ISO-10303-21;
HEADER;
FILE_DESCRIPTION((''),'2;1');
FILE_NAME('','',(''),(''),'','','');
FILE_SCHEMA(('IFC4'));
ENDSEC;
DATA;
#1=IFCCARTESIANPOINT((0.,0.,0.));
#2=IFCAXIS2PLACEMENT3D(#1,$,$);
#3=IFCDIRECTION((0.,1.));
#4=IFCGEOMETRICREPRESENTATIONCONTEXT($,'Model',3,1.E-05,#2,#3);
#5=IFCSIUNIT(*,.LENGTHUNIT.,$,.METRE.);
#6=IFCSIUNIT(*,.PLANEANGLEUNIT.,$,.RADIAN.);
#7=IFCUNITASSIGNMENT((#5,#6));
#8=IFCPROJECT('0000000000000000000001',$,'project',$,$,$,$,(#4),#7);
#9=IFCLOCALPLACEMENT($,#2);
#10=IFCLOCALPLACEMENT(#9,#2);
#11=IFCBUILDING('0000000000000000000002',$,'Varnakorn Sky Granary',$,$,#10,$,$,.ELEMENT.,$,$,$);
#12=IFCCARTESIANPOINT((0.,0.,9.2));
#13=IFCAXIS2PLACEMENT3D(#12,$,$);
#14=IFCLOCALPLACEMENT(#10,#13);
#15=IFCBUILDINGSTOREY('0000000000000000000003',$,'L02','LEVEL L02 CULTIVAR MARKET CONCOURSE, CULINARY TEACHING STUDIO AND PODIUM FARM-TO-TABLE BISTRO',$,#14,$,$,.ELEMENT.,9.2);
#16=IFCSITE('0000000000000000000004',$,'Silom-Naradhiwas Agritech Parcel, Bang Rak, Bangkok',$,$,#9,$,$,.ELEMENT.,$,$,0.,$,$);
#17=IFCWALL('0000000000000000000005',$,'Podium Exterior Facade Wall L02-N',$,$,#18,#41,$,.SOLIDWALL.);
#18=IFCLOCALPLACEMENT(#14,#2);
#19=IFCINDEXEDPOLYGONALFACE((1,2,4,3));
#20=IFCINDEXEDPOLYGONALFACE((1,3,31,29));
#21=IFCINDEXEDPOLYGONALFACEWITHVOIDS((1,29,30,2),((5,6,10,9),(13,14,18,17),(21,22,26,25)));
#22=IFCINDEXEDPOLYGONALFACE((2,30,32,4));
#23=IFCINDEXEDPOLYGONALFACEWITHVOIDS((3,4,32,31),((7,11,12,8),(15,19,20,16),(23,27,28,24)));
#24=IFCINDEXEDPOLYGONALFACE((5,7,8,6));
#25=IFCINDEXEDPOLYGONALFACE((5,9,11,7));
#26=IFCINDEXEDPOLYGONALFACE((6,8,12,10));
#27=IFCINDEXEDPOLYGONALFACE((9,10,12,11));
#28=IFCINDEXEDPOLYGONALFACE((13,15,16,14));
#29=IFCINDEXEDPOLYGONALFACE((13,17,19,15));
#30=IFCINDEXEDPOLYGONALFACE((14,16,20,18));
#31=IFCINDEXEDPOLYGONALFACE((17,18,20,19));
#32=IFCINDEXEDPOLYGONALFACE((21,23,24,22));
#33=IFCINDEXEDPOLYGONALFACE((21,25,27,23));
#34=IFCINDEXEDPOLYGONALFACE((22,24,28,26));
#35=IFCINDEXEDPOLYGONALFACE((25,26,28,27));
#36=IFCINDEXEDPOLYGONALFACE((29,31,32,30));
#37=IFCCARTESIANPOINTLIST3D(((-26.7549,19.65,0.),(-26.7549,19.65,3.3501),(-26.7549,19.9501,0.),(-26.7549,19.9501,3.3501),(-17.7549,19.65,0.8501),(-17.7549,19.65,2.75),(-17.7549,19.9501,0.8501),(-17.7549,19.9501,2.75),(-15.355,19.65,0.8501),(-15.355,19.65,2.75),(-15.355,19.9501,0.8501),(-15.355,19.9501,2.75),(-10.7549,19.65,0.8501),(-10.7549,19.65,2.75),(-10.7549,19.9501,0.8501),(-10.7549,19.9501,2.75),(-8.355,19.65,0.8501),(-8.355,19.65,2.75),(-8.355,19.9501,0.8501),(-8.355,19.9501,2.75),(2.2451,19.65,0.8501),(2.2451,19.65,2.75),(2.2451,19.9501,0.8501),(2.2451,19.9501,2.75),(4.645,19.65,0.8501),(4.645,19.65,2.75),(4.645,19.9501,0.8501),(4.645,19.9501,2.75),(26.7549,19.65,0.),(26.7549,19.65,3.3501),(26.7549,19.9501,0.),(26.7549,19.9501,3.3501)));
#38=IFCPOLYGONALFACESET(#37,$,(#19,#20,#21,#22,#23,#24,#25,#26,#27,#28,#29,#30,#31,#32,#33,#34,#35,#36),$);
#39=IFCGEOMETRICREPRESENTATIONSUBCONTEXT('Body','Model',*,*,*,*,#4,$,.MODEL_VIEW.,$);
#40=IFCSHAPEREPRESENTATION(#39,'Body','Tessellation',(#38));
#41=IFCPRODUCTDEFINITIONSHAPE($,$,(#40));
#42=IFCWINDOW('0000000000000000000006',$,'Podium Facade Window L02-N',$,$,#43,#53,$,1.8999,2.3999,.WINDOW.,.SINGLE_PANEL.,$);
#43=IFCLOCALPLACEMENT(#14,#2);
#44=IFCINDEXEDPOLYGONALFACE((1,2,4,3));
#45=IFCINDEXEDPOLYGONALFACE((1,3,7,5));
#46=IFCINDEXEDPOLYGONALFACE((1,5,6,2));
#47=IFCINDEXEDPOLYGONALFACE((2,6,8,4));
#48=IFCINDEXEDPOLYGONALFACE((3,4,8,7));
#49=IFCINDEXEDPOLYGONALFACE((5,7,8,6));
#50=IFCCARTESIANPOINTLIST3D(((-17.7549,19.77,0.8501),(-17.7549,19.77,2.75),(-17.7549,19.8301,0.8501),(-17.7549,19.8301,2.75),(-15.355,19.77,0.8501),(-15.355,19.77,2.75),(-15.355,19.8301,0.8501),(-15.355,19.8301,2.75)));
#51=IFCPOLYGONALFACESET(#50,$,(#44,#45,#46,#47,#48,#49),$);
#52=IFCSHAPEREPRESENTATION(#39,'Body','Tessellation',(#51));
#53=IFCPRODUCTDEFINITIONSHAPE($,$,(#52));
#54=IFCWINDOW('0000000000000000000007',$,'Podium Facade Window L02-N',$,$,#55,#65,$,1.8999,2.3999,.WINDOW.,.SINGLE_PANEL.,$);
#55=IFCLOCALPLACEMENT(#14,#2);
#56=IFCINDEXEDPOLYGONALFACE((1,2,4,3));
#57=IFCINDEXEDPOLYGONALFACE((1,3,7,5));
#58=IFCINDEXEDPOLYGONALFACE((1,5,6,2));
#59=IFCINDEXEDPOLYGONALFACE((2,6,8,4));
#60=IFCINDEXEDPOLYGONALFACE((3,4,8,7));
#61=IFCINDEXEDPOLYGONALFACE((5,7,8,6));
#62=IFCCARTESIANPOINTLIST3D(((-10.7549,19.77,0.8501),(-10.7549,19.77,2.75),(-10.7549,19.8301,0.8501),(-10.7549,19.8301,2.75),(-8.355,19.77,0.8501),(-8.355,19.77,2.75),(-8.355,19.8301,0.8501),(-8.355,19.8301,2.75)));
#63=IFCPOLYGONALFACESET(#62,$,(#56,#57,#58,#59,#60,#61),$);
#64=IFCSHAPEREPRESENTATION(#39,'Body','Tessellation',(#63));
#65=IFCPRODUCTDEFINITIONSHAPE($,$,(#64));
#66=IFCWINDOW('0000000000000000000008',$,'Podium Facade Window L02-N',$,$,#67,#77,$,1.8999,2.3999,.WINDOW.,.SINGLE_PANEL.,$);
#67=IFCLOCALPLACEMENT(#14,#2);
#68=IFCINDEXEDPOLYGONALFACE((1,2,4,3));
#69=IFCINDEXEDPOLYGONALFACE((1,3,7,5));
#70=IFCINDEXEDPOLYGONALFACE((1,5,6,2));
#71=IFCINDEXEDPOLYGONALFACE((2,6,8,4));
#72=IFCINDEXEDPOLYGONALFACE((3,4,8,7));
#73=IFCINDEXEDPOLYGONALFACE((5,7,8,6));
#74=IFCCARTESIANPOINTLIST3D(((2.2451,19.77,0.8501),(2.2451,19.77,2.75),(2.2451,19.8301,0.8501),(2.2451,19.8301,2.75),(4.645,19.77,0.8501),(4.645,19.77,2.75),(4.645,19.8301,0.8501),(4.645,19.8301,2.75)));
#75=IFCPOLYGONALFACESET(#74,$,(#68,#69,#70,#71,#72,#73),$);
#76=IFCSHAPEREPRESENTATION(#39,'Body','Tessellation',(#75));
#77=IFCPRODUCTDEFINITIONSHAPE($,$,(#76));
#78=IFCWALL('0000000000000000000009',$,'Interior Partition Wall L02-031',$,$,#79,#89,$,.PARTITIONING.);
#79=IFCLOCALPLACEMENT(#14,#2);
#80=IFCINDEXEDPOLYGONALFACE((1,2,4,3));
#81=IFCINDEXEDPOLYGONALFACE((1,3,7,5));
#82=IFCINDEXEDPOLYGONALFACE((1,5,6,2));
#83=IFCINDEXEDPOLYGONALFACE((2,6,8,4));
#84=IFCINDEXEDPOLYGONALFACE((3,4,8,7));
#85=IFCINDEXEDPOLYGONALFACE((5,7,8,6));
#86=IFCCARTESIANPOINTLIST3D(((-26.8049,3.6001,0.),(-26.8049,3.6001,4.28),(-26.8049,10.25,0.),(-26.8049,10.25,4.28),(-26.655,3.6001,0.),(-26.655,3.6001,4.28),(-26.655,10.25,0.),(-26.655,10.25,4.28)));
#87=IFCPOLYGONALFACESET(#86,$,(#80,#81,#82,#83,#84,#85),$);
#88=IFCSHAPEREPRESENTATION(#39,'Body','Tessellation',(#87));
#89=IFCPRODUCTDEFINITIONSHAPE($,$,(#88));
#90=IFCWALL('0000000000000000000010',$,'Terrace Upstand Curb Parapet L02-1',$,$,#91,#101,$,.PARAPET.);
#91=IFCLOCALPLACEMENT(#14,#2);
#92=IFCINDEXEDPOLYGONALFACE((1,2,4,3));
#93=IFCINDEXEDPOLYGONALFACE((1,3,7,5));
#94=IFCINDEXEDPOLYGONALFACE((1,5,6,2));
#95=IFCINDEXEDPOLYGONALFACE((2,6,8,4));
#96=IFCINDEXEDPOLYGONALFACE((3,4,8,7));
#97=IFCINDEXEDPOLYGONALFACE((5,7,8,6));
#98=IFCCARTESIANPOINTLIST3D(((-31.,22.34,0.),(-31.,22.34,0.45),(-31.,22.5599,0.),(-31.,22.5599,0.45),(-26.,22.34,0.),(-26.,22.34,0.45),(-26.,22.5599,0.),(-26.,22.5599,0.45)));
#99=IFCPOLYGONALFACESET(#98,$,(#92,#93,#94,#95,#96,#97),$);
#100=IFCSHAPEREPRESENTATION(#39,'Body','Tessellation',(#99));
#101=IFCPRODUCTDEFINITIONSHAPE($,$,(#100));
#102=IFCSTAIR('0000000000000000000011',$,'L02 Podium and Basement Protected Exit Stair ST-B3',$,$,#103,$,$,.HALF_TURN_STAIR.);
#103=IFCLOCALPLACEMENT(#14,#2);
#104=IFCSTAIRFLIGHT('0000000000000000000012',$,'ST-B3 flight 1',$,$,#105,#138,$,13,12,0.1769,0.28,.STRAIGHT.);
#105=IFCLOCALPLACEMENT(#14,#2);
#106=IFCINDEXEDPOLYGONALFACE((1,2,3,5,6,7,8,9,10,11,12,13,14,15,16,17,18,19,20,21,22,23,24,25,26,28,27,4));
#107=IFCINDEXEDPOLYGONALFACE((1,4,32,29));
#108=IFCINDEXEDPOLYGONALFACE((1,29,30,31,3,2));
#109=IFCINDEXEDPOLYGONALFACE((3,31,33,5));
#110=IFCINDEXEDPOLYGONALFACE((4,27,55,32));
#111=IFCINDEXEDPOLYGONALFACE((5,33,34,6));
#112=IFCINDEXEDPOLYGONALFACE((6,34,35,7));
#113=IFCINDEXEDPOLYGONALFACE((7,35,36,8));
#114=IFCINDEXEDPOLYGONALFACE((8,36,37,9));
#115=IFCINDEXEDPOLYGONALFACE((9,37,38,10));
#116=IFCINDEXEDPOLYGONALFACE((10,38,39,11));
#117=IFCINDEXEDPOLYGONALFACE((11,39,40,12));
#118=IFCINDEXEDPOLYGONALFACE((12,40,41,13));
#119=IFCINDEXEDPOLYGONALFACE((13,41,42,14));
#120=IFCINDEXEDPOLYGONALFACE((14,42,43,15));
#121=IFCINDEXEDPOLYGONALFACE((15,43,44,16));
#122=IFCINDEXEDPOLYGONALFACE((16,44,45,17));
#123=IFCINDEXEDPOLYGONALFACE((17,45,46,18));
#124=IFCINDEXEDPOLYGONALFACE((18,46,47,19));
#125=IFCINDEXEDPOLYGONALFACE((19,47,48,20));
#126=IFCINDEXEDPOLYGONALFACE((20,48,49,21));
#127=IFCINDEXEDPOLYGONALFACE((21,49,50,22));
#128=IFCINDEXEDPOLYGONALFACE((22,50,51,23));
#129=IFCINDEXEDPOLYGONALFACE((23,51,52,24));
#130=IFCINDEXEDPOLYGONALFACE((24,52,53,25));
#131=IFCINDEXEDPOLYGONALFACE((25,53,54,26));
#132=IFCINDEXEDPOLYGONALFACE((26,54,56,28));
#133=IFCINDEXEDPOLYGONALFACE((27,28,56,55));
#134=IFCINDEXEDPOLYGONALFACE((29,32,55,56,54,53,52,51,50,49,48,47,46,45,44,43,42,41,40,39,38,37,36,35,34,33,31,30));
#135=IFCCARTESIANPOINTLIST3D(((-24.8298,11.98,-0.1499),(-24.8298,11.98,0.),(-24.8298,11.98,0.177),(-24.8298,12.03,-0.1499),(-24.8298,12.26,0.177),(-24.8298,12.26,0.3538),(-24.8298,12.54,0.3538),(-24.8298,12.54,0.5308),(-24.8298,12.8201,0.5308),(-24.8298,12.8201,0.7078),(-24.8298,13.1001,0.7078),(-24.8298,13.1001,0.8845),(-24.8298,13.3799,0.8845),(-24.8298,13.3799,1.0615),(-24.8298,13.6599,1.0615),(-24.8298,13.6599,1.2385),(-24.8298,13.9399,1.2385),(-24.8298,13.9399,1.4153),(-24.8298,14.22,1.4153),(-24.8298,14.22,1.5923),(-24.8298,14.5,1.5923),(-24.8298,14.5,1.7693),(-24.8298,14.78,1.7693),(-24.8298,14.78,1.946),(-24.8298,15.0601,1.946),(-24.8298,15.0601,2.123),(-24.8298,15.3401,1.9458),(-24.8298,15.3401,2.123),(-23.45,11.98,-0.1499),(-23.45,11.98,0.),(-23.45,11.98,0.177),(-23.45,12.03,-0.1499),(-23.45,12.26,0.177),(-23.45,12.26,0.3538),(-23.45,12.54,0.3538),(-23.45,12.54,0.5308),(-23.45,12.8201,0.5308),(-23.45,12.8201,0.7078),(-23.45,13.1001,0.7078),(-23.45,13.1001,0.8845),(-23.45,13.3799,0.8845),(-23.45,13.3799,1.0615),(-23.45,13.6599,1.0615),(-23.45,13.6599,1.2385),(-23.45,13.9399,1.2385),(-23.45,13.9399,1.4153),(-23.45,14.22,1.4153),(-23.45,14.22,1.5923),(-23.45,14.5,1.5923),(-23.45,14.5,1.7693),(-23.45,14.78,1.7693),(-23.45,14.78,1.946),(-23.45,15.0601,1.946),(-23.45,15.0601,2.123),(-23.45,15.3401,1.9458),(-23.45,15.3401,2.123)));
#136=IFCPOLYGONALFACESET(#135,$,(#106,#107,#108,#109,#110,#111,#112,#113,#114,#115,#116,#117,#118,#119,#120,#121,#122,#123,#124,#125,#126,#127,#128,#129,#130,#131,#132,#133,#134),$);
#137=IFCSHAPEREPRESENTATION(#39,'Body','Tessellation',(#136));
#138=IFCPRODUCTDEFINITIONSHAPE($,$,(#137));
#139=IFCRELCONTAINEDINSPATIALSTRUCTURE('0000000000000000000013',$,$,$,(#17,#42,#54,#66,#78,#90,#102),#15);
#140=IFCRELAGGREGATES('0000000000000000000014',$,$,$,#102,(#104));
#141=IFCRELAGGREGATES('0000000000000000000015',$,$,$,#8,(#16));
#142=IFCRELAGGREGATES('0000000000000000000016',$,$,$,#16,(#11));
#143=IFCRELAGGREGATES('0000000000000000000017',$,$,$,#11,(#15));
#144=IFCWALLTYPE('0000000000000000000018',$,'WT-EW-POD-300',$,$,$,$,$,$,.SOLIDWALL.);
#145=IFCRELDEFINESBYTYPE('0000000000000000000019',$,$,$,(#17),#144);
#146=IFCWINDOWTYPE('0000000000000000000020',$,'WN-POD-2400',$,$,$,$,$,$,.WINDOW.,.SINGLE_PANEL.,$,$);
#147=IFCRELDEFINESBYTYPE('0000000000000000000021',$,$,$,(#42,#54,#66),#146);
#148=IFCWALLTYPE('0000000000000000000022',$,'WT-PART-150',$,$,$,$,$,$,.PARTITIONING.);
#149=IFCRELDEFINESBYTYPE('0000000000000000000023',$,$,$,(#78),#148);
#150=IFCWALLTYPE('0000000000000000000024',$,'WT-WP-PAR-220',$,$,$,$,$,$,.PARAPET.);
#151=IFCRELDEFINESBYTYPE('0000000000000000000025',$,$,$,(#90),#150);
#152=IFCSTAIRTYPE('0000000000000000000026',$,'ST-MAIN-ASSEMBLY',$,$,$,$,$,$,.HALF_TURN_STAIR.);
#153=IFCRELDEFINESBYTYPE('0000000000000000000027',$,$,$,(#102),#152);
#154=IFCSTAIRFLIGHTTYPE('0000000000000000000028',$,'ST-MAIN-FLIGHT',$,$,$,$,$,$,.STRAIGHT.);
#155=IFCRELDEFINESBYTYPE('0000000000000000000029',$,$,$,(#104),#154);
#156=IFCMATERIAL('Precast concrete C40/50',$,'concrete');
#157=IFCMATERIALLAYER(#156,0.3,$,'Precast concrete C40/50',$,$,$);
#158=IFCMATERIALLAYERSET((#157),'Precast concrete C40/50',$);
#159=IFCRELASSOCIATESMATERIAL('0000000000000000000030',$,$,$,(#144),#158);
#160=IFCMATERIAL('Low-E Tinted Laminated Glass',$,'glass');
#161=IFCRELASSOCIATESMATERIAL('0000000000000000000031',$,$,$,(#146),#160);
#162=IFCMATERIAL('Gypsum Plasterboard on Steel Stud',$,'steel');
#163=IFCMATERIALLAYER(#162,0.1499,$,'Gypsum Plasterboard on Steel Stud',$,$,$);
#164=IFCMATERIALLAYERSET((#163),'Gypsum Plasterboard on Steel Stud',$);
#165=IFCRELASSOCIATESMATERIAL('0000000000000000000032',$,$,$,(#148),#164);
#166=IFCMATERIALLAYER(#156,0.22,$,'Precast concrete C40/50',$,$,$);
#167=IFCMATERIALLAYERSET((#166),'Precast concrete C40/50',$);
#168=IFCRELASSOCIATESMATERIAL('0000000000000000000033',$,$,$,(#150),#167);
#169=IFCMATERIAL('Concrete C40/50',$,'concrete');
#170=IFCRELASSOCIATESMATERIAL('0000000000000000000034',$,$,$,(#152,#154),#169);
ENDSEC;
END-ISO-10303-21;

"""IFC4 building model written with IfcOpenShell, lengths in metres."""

from ifc_helpers import new_model, si_unit, direction, frame, frame_2d, origin, place, context, subcontext, project, spatial, polyline, rectangle, outline, extrude, material, layer, layer_set, type_object, element, fill, aggregate, save


model = new_model("IFC4")

# Units and contexts
model_context = context("Model", 3, precision=1e-05, world=origin(), true_north=direction((0.0, 1.0)))
body_context = subcontext(model_context, "Body", "Model", "MODEL_VIEW")
ifc_project = project(units=[si_unit("LENGTHUNIT", "METRE"), si_unit("PLANEANGLEUNIT", "RADIAN")], contexts=[model_context])

# Site, building, storey
site_placement = place(None, origin())
site = spatial("IfcSite", under=ifc_project, at=site_placement, Name="Silom-Naradhiwas Agritech Parcel, Bang Rak, Bangkok", CompositionType="ELEMENT", RefElevation=0.0)
building_placement = place(site_placement, origin())
building = spatial("IfcBuilding", under=site, at=building_placement, Name="Varnakorn Sky Granary", CompositionType="ELEMENT")
storey_placement = place(building_placement, frame((0.0, 0.0, 9.2)))
storey = spatial("IfcBuildingStorey", under=building, at=storey_placement, Name="L02", Description="LEVEL L02 CULTIVAR MARKET CONCOURSE, CULINARY TEACHING STUDIO AND PODIUM FARM-TO-TABLE BISTRO", CompositionType="ELEMENT", Elevation=9.2)

# Wall, openings, windows
ifc_material_1 = material(Name="Precast concrete C40/50", Category="concrete")
ifc_layer_1 = layer(ifc_material_1, 0.3, Name="Precast concrete C40/50")
ifc_layer_set_1 = layer_set([ifc_layer_1], Name="Precast concrete C40/50")
wall_type_1 = type_object("IfcWallType", Name="WT-EW-POD-300", PredefinedType="SOLIDWALL", material=ifc_layer_set_1)
wall_1_placement = place(storey_placement, frame((-26.7549, 19.8, 0.0), z_axis=(0.0, 0.0, 1.0), x_axis=(1.0, 0.0, 0.0)))
wall_1 = element("IfcWall", 1, at=wall_1_placement, inside=storey, type_object=wall_type_1, Name="Podium Exterior Facade Wall L02-N", PredefinedType="SOLIDWALL", context=body_context, shape_type="SweptSolid", body=[
    extrude(rectangle(XDim=53.5098, YDim=0.3, at=frame_2d((26.7549, 0.0))), origin(), (0.0, 0.0, 1.0), 3.3501),
])
opening_1_placement = place(wall_1_placement, frame((9.0, 0.0, 0.8501)))
opening_1 = element("IfcOpeningElement", 2, at=opening_1_placement, cuts=wall_1, PredefinedType="OPENING", context=body_context, shape_type="SweptSolid", body=[
    extrude(rectangle(XDim=2.3999, YDim=1.8999, at=frame_2d((1.2, 0.95))), frame((0.0, 0.1602, 0.0), z_axis=(0.0, -1.0, 0.0), x_axis=(1.0, 0.0, 0.0)), (0.0, 0.0, 1.0), 0.3201),
])
opening_2_placement = place(wall_1_placement, frame((16.0, 0.0, 0.8501)))
opening_2 = element("IfcOpeningElement", 3, at=opening_2_placement, cuts=wall_1, PredefinedType="OPENING", context=body_context, shape_type="SweptSolid", body=[
    extrude(rectangle(XDim=2.3999, YDim=1.8999, at=frame_2d((1.2, 0.95))), frame((0.0, 0.1602, 0.0), z_axis=(0.0, -1.0, 0.0), x_axis=(1.0, 0.0, 0.0)), (0.0, 0.0, 1.0), 0.3201),
])
opening_3_placement = place(wall_1_placement, frame((29.0, 0.0, 0.8501)))
opening_3 = element("IfcOpeningElement", 4, at=opening_3_placement, cuts=wall_1, PredefinedType="OPENING", context=body_context, shape_type="SweptSolid", body=[
    extrude(rectangle(XDim=2.3999, YDim=1.8999, at=frame_2d((1.2, 0.95))), frame((0.0, 0.1602, 0.0), z_axis=(0.0, -1.0, 0.0), x_axis=(1.0, 0.0, 0.0)), (0.0, 0.0, 1.0), 0.3201),
])
ifc_material_2 = material(Name="Low-E Tinted Laminated Glass", Category="glass")
window_type = type_object("IfcWindowType", Name="WN-POD-2400", PartitioningType="SINGLE_PANEL", PredefinedType="WINDOW", material=ifc_material_2)
window_1_placement = place(opening_1_placement, origin())
window_1 = element("IfcWindow", 5, at=window_1_placement, inside=storey, type_object=window_type, Name="Podium Facade Window L02-N", OverallHeight=1.8999, OverallWidth=2.3999, PartitioningType="SINGLE_PANEL", PredefinedType="WINDOW", context=body_context, shape_type="SweptSolid", body=[
    extrude(rectangle(XDim=2.3999, YDim=1.8999, at=frame_2d((1.2, 0.95))), frame((0.0, 0.03, 0.0), z_axis=(0.0, -1.0, 0.0), x_axis=(1.0, 0.0, 0.0)), (0.0, 0.0, 1.0), 0.0601),
])
fill(opening_1, window_1)
window_2_placement = place(opening_2_placement, origin())
window_2 = element("IfcWindow", 6, at=window_2_placement, inside=storey, type_object=window_type, Name="Podium Facade Window L02-N", OverallHeight=1.8999, OverallWidth=2.3999, PartitioningType="SINGLE_PANEL", PredefinedType="WINDOW", context=body_context, shape_type="SweptSolid", body=[
    extrude(rectangle(XDim=2.3999, YDim=1.8999, at=frame_2d((1.2, 0.95))), frame((0.0, 0.03, 0.0), z_axis=(0.0, -1.0, 0.0), x_axis=(1.0, 0.0, 0.0)), (0.0, 0.0, 1.0), 0.0601),
])
fill(opening_2, window_2)
window_3_placement = place(opening_3_placement, origin())
window_3 = element("IfcWindow", 7, at=window_3_placement, inside=storey, type_object=window_type, Name="Podium Facade Window L02-N", OverallHeight=1.8999, OverallWidth=2.3999, PartitioningType="SINGLE_PANEL", PredefinedType="WINDOW", context=body_context, shape_type="SweptSolid", body=[
    extrude(rectangle(XDim=2.3999, YDim=1.8999, at=frame_2d((1.2, 0.95))), frame((0.0, 0.03, 0.0), z_axis=(0.0, -1.0, 0.0), x_axis=(1.0, 0.0, 0.0)), (0.0, 0.0, 1.0), 0.0601),
])
fill(opening_3, window_3)

# Walls
ifc_material_3 = material(Name="Gypsum Plasterboard on Steel Stud", Category="steel")
ifc_layer_2 = layer(ifc_material_3, 0.1499, Name="Gypsum Plasterboard on Steel Stud")
ifc_layer_set_2 = layer_set([ifc_layer_2], Name="Gypsum Plasterboard on Steel Stud")
wall_type_2 = type_object("IfcWallType", Name="WT-PART-150", PredefinedType="PARTITIONING", material=ifc_layer_set_2)
wall_2_placement = place(storey_placement, frame((-26.73, 10.25, 0.0), z_axis=(0.0, 0.0, 1.0), x_axis=(0.0, -1.0, 0.0)))
element("IfcWall", 8, at=wall_2_placement, inside=storey, type_object=wall_type_2, Name="Interior Partition Wall L02-031", PredefinedType="PARTITIONING", context=body_context, shape_type="SweptSolid", body=[
    extrude(rectangle(XDim=6.6499, YDim=0.1499, at=frame_2d((3.325, 0.0))), origin(), (0.0, 0.0, 1.0), 4.28),
])
ifc_layer_3 = layer(ifc_material_1, 0.22, Name="Precast concrete C40/50")
ifc_layer_set_3 = layer_set([ifc_layer_3], Name="Precast concrete C40/50")
wall_type_3 = type_object("IfcWallType", Name="WT-WP-PAR-220", PredefinedType="PARAPET", material=ifc_layer_set_3)
wall_3_placement = place(storey_placement, frame((-31.0, 22.45, 0.0), z_axis=(0.0, 0.0, 1.0), x_axis=(1.0, 0.0, 0.0)))
element("IfcWall", 9, at=wall_3_placement, inside=storey, type_object=wall_type_3, Name="Terrace Upstand Curb Parapet L02-1", PredefinedType="PARAPET", context=body_context, shape_type="SweptSolid", body=[
    extrude(rectangle(XDim=5.0, YDim=0.22, at=frame_2d((2.5, 0.0))), origin(), (0.0, 0.0, 1.0), 0.45),
])

# Stair, stair flight
ifc_material_4 = material(Name="Concrete C40/50", Category="concrete")
stair_type = type_object("IfcStairType", Name="ST-MAIN-ASSEMBLY", PredefinedType="HALF_TURN_STAIR", material=ifc_material_4)
stair_placement = place(storey_placement, origin())
stair = element("IfcStair", 10, at=stair_placement, inside=storey, type_object=stair_type, Name="L02 Podium and Basement Protected Exit Stair ST-B3", PredefinedType="HALF_TURN_STAIR")
stair_flight_type = type_object("IfcStairFlightType", Name="ST-MAIN-FLIGHT", PredefinedType="STRAIGHT", material=ifc_material_4)
stair_flight_1_placement = place(storey_placement, frame((-24.1399, 11.98, 0.0), z_axis=(0.0, 0.0, 1.0), x_axis=(0.0, 1.0, 0.0)))
stair_flight_1 = element("IfcStairFlight", 11, at=stair_flight_1_placement, type_object=stair_flight_type, Name="ST-B3 flight 1", NumberOfRisers=13, NumberOfTreads=12, PredefinedType="STRAIGHT", RiserHeight=0.1769, TreadLength=0.28, context=body_context, shape_type="SweptSolid", body=[
    extrude(outline(polyline([(0.0, -0.1499), (0.0, 0.0), (0.0, 0.177), (0.28, 0.177), (0.28, 0.3538), (0.5601, 0.3538), (0.5601, 0.5308), (0.8401, 0.5308), (0.8401, 0.7078), (1.1201, 0.7078), (1.1201, 0.8845), (1.3999, 0.8845), (1.3999, 1.0615), (1.6799, 1.0615), (1.6799, 1.2385), (1.96, 1.2385), (1.96, 1.4153), (2.24, 1.4153), (2.24, 1.5923), (2.52, 1.5923), (2.52, 1.7693), (2.8, 1.7693), (2.8, 1.946), (3.0801, 1.946), (3.0801, 2.123), (3.3601, 2.123), (3.3601, 2.3), (3.3601, 1.9458), (0.05, -0.1499), (0.0, -0.1499)])), frame((0.0, 0.6899, 0.0), z_axis=(0.0, -1.0, 0.0), x_axis=(1.0, 0.0, 0.0)), (0.0, 0.0, 1.0), 1.3799),
])
aggregate(stair, [stair_flight_1])

save(model, "model.ifc")
